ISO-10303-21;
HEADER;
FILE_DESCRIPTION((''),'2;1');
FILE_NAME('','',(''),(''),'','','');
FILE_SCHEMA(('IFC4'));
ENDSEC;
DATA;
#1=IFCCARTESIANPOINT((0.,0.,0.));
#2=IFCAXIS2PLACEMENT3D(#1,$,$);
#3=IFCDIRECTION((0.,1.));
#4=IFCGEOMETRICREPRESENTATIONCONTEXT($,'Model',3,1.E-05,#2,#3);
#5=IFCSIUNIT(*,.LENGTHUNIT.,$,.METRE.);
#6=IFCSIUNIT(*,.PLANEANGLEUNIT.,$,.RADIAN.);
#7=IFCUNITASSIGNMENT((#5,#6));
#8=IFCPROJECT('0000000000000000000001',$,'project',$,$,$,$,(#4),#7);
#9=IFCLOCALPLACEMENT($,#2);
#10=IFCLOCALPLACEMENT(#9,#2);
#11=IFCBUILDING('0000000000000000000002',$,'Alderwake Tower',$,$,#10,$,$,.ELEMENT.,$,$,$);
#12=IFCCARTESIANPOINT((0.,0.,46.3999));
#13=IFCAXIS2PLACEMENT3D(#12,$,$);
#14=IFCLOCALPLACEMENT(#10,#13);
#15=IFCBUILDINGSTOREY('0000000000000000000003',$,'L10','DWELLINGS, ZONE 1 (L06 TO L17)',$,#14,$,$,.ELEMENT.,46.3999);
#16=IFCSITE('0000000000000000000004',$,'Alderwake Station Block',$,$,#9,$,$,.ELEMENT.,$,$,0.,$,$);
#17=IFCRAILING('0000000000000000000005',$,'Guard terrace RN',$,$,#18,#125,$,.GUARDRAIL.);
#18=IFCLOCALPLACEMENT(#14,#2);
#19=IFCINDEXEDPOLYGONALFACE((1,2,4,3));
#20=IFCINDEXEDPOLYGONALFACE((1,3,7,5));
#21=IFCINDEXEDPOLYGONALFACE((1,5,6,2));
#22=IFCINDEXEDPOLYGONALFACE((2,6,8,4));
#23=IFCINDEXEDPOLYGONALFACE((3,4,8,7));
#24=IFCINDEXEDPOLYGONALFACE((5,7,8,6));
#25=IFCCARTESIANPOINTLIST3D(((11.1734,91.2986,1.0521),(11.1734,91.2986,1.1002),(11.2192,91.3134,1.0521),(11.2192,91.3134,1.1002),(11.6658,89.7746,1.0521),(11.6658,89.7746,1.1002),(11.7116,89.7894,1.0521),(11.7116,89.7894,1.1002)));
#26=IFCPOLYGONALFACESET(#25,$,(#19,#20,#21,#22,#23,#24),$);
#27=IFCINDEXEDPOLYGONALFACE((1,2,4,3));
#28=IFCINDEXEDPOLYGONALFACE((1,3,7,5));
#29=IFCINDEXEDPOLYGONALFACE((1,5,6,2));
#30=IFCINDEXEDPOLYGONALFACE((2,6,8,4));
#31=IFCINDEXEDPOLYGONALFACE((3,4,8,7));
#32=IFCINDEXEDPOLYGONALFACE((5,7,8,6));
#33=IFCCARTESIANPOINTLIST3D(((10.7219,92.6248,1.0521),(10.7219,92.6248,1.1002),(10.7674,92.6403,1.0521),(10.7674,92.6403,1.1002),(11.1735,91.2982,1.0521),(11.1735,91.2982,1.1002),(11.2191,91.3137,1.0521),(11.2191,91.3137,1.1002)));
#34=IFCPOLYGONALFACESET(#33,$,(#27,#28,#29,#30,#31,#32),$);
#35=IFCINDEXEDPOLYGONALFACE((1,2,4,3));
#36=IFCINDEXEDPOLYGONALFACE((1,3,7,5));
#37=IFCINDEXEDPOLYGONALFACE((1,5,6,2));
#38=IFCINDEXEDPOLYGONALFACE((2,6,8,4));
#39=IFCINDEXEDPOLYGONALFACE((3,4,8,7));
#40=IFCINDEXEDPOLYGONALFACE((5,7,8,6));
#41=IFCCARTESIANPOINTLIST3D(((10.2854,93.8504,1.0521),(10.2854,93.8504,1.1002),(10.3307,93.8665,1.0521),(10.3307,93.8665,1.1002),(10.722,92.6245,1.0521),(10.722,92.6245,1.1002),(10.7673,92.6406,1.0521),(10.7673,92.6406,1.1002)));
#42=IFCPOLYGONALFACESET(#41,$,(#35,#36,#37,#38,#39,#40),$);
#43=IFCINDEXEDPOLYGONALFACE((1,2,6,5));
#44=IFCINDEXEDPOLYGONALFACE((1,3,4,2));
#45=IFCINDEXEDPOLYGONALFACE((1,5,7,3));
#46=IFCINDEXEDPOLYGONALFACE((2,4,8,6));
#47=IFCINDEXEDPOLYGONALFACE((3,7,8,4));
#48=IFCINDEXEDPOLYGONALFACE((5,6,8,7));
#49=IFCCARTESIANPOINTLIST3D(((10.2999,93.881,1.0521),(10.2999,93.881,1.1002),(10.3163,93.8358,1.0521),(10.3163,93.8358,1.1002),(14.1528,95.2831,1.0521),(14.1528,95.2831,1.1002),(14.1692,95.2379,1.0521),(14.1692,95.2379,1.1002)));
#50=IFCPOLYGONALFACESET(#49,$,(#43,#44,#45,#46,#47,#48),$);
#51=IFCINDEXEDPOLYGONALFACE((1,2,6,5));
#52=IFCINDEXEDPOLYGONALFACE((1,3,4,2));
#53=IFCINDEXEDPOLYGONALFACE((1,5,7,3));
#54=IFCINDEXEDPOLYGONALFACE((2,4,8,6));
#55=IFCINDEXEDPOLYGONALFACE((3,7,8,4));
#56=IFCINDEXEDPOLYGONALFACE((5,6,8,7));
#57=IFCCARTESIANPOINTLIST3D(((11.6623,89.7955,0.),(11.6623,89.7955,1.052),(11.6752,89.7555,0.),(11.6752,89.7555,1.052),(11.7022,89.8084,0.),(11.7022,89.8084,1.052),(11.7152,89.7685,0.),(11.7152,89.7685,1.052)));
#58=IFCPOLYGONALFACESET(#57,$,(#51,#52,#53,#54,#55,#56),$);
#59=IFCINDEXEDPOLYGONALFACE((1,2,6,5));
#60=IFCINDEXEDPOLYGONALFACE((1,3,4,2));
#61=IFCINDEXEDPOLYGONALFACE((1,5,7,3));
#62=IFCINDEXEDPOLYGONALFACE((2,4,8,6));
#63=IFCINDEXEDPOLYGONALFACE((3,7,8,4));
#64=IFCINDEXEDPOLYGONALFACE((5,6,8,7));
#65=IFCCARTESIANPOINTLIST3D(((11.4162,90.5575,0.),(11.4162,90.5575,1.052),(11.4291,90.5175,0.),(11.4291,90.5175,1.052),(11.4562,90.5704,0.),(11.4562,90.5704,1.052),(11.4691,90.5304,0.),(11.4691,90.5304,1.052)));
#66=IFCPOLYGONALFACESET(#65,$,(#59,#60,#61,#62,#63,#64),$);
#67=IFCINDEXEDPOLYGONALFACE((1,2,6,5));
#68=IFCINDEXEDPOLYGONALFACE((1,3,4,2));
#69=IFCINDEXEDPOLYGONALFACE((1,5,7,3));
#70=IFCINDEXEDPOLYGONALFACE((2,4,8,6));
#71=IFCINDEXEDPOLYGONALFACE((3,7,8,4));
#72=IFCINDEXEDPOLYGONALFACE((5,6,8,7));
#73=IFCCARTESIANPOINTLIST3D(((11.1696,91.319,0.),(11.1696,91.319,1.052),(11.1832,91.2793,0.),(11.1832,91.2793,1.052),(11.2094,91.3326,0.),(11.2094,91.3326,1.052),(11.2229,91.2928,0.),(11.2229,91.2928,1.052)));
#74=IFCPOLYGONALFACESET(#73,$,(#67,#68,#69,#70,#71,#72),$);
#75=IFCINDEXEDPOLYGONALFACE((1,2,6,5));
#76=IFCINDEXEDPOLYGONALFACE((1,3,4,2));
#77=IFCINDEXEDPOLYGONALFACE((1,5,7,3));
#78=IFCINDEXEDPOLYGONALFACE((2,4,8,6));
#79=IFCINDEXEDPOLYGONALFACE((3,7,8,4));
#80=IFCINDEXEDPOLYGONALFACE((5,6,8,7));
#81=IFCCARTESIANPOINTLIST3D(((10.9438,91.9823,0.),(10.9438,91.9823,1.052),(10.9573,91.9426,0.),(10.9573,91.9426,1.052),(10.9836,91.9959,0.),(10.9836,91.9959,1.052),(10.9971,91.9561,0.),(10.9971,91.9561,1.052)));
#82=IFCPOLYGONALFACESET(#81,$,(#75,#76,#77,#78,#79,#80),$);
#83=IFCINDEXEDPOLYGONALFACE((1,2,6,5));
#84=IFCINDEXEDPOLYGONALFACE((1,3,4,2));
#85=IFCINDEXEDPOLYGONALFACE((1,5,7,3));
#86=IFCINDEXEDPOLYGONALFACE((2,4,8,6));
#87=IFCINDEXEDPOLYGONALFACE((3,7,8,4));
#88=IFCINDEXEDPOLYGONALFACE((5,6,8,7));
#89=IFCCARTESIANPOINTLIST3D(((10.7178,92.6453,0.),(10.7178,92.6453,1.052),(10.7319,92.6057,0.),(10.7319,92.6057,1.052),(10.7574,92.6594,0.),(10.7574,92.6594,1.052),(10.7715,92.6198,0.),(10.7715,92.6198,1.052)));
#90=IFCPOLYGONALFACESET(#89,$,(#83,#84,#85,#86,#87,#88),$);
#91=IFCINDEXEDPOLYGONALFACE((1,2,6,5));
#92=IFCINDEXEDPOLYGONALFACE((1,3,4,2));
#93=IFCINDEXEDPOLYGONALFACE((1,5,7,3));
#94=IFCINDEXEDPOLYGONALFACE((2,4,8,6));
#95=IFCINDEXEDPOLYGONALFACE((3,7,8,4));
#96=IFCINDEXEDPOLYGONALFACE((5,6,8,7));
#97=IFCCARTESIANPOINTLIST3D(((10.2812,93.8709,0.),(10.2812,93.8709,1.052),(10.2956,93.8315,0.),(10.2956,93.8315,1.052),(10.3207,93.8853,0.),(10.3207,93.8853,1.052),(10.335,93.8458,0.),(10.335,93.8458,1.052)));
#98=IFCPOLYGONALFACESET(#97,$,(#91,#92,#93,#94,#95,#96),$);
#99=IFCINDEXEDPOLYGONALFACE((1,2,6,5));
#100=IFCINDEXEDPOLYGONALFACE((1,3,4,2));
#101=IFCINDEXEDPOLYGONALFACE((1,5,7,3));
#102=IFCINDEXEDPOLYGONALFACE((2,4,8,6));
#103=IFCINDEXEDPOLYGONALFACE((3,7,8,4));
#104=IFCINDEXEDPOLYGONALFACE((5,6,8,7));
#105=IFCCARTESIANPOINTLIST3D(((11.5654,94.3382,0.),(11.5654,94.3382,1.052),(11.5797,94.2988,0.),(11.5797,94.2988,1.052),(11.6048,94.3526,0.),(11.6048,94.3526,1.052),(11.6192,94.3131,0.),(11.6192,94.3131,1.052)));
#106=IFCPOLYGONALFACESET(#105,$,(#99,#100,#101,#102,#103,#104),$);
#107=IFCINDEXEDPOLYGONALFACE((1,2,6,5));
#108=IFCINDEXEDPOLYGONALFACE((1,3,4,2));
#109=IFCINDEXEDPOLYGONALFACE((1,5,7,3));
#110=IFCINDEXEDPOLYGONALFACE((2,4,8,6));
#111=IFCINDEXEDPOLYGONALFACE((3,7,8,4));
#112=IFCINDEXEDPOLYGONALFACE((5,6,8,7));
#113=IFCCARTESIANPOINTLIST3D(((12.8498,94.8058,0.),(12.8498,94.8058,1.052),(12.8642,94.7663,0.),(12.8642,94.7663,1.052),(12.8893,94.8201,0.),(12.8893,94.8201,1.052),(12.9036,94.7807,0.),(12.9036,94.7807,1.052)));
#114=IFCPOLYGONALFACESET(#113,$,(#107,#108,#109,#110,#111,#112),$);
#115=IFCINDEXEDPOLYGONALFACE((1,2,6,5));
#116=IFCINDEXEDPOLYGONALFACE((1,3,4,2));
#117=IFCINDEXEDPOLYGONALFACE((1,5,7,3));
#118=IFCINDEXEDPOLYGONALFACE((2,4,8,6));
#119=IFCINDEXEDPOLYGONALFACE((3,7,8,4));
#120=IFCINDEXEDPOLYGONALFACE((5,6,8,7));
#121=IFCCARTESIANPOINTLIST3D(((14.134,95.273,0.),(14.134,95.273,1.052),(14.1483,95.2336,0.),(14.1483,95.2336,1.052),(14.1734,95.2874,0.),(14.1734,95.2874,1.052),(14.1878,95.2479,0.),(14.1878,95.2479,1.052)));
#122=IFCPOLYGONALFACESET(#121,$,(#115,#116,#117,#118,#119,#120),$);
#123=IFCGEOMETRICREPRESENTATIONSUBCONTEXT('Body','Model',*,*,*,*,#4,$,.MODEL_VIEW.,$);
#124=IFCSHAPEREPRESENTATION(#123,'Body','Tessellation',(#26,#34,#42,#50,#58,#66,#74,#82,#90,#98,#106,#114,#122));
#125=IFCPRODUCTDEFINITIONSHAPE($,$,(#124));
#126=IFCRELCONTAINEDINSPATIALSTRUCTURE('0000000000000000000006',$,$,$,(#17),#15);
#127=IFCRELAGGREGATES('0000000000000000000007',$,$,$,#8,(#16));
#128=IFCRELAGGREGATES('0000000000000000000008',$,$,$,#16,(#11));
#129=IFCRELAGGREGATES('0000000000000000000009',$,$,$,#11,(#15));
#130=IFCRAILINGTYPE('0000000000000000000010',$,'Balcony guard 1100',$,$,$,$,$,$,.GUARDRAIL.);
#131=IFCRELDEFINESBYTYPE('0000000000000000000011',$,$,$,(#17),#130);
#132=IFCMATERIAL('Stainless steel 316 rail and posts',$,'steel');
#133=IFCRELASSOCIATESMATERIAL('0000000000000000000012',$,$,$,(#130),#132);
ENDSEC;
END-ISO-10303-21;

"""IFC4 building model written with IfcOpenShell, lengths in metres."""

from ifc_helpers import new_model, si_unit, direction, frame, origin, origin_2d, place, context, subcontext, project, spatial, rectangle, extrude, material, type_object, element, save


model = new_model("IFC4")

# Units and contexts
model_context = context("Model", 3, precision=1e-05, world=origin(), true_north=direction((0.0, 1.0)))
body_context = subcontext(model_context, "Body", "Model", "MODEL_VIEW")
ifc_project = project(units=[si_unit("LENGTHUNIT", "METRE"), si_unit("PLANEANGLEUNIT", "RADIAN")], contexts=[model_context])

# Site, building, storey
site_placement = place(None, origin())
site = spatial("IfcSite", under=ifc_project, at=site_placement, Name="Alderwake Station Block", CompositionType="ELEMENT", RefElevation=0.0)
building_placement = place(site_placement, origin())
building = spatial("IfcBuilding", under=site, at=building_placement, Name="Alderwake Tower", CompositionType="ELEMENT")
storey_placement = place(building_placement, frame((0.0, 0.0, 46.3999)))
storey = spatial("IfcBuildingStorey", under=building, at=storey_placement, Name="L10", Description="DWELLINGS, ZONE 1 (L06 TO L17)", CompositionType="ELEMENT", Elevation=46.3999)

# Railing
ifc_material_1 = material(Name="Stainless steel 316 rail and posts", Category="steel")
railing_type = type_object("IfcRailingType", Name="Balcony guard 1100", PredefinedType="GUARDRAIL", material=ifc_material_1)
railing_placement = place(storey_placement, frame((11.6887, 89.782, 0.0)))
element("IfcRailing", 1, at=railing_placement, inside=storey, type_object=railing_type, Name="Guard terrace RN", PredefinedType="GUARDRAIL", context=body_context, shape_type="SweptSolid", body=[
    extrude(rectangle(XDim=0.0481, YDim=0.0481, at=origin_2d()), frame((0.0, 0.0, 1.0762), z_axis=(-0.307479, 0.951555, 0.0), x_axis=(-0.951555, -0.307479, 0.0)), (0.0, 0.0, 1.0), 1.6016),
    extrude(rectangle(XDim=0.0481, YDim=0.0481, at=origin_2d()), frame((-0.4924, 1.5239, 1.0762), z_axis=(-0.322284, 0.946643, 0.0), x_axis=(-0.946643, -0.322284, 0.0)), (0.0, 0.0, 1.0), 1.4014),
    extrude(rectangle(XDim=0.0481, YDim=0.0481, at=origin_2d()), frame((-0.9441, 2.8506, 1.0762), z_axis=(-0.335469, 0.942051, 0.0), x_axis=(-0.942051, -0.335469, 0.0)), (0.0, 0.0, 1.0), 1.3013),
    extrude(rectangle(XDim=0.0481, YDim=0.0481, at=origin_2d()), frame((-1.3806, 4.0764, 1.0762), z_axis=(0.939708, 0.341977, 0.0), x_axis=(-0.341977, 0.939708, 0.0)), (0.0, 0.0, 1.0), 4.1001),
    extrude(rectangle(XDim=0.042, YDim=0.042, at=origin_2d()), frame((0.0, 0.0, 0.0), z_axis=(0.0, 0.0, 1.0), x_axis=(-0.307479, 0.951555, 0.0)), (0.0, 0.0, 1.0), 1.052),
    extrude(rectangle(XDim=0.042, YDim=0.042, at=origin_2d()), frame((-0.2461, 0.762, 0.0), z_axis=(0.0, 0.0, 1.0), x_axis=(-0.307479, 0.951555, 0.0)), (0.0, 0.0, 1.0), 1.052),
    extrude(rectangle(XDim=0.042, YDim=0.042, at=origin_2d()), frame((-0.4924, 1.5239, 0.0), z_axis=(0.0, 0.0, 1.0), x_axis=(-0.322284, 0.946643, 0.0)), (0.0, 0.0, 1.0), 1.052),
    extrude(rectangle(XDim=0.042, YDim=0.042, at=origin_2d()), frame((-0.7183, 2.1873, 0.0), z_axis=(0.0, 0.0, 1.0), x_axis=(-0.322284, 0.946643, 0.0)), (0.0, 0.0, 1.0), 1.052),
    extrude(rectangle(XDim=0.042, YDim=0.042, at=origin_2d()), frame((-0.9441, 2.8506, 0.0), z_axis=(0.0, 0.0, 1.0), x_axis=(-0.335469, 0.942051, 0.0)), (0.0, 0.0, 1.0), 1.052),
    extrude(rectangle(XDim=0.042, YDim=0.042, at=origin_2d()), frame((-1.3806, 4.0764, 0.0), z_axis=(0.0, 0.0, 1.0), x_axis=(0.939708, 0.341977, 0.0)), (0.0, 0.0, 1.0), 1.052),
    extrude(rectangle(XDim=0.042, YDim=0.042, at=origin_2d()), frame((-0.0964, 4.5437, 0.0), z_axis=(0.0, 0.0, 1.0), x_axis=(0.939708, 0.341977, 0.0)), (0.0, 0.0, 1.0), 1.052),
    extrude(rectangle(XDim=0.042, YDim=0.042, at=origin_2d()), frame((1.188, 5.0112, 0.0), z_axis=(0.0, 0.0, 1.0), x_axis=(0.939708, 0.341977, 0.0)), (0.0, 0.0, 1.0), 1.052),
    extrude(rectangle(XDim=0.042, YDim=0.042, at=origin_2d()), frame((2.4722, 5.4785, 0.0), z_axis=(0.0, 0.0, 1.0), x_axis=(0.939708, 0.341977, 0.0)), (0.0, 0.0, 1.0), 1.052),
])

save(model, "model.ifc")
